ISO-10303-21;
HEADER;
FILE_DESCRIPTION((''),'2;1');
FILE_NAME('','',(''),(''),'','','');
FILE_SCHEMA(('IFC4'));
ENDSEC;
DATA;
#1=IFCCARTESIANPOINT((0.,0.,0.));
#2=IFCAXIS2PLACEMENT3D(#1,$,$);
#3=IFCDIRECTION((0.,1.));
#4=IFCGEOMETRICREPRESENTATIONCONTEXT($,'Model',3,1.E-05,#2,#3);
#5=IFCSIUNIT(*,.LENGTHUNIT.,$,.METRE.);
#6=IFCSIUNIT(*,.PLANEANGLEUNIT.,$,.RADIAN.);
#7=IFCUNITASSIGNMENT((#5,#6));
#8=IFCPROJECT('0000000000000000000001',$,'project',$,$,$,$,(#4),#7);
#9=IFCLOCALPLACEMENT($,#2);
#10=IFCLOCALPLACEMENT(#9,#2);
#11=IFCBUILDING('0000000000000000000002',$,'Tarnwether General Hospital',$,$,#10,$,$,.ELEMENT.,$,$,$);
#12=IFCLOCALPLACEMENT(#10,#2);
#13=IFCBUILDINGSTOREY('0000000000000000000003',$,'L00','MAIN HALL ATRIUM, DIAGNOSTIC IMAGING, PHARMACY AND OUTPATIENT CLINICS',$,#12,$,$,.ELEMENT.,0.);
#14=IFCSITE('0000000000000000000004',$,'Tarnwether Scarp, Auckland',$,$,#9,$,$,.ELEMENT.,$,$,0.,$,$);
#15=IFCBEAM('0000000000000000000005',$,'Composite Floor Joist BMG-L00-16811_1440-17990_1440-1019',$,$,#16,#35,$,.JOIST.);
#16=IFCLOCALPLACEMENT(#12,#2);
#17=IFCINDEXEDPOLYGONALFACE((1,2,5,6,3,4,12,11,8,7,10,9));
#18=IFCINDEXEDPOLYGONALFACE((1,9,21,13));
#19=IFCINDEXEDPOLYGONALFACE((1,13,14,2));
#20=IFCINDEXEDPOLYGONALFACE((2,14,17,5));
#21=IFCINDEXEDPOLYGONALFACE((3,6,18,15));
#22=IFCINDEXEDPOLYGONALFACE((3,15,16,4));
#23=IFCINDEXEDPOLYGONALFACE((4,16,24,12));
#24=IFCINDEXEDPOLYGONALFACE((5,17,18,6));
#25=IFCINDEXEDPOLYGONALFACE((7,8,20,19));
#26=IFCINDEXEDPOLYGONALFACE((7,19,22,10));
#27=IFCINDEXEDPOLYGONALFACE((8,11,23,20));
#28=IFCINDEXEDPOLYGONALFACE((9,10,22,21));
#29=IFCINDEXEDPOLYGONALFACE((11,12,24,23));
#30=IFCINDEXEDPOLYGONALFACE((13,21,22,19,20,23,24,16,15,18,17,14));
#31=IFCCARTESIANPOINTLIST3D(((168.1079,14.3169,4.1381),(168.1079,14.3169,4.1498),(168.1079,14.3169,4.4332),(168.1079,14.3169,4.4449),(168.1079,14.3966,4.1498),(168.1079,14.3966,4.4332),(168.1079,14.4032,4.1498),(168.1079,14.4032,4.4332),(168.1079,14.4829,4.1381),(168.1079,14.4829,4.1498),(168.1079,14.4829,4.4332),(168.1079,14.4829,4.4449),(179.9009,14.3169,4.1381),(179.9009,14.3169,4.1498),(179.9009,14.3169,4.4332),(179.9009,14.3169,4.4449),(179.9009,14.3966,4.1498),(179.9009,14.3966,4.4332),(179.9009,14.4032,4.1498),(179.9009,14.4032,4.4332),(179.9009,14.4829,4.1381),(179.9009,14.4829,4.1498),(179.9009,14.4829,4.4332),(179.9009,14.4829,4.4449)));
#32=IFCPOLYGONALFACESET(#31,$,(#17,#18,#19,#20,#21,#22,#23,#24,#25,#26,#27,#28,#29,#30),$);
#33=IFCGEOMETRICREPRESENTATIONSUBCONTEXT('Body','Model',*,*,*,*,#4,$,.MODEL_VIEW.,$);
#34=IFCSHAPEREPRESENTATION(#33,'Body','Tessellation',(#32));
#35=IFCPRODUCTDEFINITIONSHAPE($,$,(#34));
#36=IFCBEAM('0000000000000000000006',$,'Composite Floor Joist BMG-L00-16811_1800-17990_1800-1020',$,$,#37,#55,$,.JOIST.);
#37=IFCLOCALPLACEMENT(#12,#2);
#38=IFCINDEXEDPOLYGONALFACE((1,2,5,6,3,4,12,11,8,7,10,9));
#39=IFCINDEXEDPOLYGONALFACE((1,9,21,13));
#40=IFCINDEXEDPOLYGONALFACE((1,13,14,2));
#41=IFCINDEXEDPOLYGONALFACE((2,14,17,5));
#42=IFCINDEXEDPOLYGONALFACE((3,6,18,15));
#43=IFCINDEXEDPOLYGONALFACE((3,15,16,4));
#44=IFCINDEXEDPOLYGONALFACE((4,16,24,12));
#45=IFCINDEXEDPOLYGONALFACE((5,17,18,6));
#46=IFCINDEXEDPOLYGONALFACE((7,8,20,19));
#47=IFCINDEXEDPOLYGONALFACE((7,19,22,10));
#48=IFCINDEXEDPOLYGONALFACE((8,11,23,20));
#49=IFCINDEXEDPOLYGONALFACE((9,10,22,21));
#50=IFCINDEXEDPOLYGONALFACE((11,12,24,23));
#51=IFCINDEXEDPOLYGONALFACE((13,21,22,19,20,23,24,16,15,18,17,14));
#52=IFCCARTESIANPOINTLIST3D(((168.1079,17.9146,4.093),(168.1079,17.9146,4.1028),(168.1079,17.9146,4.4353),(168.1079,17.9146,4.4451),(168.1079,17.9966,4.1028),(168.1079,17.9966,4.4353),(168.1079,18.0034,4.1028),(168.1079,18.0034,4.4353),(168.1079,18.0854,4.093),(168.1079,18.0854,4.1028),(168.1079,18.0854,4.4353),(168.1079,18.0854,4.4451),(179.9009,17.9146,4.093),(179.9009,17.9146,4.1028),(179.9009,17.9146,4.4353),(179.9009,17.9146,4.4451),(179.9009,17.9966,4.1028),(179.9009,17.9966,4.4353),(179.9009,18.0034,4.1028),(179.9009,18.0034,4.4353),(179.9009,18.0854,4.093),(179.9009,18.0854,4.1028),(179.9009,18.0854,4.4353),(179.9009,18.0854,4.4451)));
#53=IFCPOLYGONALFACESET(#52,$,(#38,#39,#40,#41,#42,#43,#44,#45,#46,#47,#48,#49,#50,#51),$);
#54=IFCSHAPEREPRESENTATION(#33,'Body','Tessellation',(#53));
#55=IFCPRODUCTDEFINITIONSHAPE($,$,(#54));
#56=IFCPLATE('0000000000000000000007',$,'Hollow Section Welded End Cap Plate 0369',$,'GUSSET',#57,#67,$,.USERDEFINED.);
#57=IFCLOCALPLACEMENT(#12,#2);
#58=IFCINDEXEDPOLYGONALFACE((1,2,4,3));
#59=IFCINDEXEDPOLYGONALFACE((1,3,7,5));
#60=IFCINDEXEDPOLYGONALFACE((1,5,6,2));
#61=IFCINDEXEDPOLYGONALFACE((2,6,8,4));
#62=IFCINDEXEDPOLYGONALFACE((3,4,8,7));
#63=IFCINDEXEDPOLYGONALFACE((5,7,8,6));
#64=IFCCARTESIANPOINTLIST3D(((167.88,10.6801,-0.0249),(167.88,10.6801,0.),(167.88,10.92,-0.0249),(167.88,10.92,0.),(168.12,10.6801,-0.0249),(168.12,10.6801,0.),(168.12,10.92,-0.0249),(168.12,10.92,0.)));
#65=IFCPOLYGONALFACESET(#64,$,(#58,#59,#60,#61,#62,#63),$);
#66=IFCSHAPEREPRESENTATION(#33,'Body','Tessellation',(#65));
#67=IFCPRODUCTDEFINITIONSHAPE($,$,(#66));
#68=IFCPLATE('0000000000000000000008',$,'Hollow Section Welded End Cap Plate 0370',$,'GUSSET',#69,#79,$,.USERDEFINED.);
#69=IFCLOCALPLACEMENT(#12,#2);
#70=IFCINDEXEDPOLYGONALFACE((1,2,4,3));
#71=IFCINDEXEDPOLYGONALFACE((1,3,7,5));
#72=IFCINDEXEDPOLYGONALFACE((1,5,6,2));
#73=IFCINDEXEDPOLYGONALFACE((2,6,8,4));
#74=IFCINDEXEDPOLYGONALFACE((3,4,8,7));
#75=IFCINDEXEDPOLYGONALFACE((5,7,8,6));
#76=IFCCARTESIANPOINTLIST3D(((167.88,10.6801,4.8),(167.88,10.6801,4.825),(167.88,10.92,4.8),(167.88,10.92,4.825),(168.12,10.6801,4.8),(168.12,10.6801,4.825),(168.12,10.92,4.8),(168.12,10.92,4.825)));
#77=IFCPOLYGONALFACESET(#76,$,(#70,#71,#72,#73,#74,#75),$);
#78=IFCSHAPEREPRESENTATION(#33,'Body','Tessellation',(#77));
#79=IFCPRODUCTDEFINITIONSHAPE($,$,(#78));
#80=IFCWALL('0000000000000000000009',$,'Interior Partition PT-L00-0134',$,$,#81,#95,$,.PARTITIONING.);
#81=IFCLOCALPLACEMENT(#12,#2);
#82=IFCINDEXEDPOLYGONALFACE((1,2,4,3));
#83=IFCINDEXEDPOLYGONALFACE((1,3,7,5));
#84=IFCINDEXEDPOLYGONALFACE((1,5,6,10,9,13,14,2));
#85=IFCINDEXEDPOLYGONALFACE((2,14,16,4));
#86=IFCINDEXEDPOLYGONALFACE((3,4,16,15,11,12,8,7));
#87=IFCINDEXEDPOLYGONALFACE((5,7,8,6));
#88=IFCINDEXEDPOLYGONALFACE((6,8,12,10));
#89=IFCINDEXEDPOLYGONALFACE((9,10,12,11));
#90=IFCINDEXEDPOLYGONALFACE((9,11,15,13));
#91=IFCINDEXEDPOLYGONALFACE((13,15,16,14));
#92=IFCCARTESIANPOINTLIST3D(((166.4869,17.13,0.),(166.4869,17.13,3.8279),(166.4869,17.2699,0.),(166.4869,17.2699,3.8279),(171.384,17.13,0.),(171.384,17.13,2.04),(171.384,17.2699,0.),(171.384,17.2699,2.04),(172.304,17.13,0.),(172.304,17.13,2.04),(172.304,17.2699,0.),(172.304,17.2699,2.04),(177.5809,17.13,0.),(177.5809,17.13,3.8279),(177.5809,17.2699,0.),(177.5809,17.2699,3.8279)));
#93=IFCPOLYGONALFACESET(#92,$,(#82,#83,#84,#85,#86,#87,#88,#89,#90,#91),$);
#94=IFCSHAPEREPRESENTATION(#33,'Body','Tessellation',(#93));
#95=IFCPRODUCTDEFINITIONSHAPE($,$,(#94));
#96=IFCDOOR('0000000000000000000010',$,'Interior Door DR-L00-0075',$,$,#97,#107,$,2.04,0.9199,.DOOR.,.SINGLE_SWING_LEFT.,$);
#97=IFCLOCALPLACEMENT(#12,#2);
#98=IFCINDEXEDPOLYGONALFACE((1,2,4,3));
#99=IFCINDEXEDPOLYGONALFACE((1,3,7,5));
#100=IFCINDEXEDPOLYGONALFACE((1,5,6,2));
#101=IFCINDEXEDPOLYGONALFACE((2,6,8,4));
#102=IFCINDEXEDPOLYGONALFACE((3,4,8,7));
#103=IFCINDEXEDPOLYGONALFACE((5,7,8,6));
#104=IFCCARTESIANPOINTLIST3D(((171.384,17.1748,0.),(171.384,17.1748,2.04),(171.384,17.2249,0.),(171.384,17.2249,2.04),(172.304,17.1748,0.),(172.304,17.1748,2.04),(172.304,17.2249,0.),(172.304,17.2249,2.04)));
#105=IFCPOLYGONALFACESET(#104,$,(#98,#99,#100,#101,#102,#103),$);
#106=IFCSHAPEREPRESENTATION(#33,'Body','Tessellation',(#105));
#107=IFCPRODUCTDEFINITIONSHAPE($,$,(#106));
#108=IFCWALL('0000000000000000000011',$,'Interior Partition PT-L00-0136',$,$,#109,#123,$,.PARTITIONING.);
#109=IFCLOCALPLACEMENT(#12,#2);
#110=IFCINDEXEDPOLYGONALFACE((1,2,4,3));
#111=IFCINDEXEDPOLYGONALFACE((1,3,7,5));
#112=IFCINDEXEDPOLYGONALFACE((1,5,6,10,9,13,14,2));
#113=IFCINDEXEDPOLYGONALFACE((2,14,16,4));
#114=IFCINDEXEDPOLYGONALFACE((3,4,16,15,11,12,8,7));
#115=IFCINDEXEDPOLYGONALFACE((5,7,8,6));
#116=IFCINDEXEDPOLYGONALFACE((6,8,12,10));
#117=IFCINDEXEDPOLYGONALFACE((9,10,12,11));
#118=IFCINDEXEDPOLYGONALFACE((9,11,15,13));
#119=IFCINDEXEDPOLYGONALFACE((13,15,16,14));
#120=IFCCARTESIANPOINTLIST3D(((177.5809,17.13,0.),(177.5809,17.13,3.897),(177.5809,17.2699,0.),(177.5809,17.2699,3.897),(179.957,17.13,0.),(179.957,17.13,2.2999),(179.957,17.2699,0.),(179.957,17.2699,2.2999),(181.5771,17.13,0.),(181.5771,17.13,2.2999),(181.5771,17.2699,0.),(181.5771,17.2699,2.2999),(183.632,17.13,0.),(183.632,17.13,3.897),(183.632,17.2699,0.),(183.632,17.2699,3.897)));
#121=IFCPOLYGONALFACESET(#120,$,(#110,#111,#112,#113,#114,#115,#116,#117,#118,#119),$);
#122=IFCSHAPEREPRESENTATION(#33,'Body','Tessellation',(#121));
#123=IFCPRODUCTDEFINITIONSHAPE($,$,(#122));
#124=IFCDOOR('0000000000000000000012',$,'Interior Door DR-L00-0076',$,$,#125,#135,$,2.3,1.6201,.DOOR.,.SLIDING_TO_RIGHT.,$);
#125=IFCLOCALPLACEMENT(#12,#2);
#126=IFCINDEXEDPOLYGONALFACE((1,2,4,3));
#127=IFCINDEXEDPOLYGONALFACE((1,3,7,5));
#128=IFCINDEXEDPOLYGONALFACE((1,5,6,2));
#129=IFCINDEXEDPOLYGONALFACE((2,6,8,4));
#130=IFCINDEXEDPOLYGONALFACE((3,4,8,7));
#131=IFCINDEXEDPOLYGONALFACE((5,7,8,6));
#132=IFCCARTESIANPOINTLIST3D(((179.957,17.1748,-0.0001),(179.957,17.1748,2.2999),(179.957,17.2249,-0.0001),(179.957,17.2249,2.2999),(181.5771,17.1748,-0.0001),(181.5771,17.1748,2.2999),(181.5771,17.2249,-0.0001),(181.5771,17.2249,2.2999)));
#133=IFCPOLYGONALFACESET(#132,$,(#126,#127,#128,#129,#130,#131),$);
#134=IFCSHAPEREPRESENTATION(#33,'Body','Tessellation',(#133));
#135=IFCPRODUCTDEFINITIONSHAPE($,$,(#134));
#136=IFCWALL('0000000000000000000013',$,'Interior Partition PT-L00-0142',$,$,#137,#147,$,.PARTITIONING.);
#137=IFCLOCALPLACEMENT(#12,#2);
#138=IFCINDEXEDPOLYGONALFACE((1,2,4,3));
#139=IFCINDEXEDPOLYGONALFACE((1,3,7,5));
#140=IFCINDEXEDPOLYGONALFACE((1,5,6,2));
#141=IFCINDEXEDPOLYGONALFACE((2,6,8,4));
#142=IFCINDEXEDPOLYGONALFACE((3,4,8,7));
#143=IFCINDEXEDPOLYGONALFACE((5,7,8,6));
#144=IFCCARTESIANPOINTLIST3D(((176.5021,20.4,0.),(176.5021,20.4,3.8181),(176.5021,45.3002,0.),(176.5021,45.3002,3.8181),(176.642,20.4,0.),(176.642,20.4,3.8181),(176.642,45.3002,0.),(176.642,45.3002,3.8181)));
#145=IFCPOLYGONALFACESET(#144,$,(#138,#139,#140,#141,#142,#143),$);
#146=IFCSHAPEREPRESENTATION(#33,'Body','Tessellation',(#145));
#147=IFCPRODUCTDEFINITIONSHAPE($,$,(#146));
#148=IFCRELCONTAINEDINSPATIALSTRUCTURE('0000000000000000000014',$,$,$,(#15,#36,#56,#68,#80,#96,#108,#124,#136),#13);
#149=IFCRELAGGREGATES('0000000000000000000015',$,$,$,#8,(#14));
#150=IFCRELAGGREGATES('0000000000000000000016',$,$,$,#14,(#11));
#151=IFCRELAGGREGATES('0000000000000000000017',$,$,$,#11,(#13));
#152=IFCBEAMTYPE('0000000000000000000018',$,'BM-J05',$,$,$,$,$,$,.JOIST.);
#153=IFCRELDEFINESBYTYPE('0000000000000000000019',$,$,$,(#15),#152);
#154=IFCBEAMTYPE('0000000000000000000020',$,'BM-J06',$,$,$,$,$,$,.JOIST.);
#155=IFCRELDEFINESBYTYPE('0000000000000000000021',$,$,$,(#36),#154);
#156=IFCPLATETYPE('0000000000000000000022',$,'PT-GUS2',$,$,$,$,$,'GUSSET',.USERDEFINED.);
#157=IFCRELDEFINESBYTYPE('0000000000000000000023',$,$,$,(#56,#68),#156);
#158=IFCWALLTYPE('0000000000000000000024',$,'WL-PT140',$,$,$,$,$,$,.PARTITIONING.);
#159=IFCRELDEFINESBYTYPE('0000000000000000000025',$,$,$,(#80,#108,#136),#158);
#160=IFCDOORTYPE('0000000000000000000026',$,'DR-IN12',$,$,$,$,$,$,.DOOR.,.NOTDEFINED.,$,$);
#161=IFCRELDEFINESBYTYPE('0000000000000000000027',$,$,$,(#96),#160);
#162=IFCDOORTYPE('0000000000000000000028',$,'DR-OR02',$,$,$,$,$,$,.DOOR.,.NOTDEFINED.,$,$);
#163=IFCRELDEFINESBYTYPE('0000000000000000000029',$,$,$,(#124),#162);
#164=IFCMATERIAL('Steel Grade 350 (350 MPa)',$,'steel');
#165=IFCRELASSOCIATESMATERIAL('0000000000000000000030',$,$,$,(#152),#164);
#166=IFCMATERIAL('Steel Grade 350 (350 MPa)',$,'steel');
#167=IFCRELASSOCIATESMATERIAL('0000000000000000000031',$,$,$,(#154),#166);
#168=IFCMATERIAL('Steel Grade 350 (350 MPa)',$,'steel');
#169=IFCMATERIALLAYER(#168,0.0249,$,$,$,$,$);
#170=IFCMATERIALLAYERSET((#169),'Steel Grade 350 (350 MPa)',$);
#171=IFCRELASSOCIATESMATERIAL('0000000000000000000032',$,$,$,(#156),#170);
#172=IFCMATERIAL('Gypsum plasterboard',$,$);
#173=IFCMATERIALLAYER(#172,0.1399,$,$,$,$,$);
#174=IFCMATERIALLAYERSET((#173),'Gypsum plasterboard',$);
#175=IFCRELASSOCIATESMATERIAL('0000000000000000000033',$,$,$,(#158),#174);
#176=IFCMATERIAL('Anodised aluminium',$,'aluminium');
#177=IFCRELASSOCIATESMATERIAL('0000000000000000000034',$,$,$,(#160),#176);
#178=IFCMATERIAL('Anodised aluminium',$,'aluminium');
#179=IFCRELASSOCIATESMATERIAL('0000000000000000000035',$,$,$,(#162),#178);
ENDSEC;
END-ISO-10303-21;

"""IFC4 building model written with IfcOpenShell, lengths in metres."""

from ifc_helpers import new_model, si_unit, direction, frame, frame_2d, origin, origin_2d, place, context, subcontext, project, spatial, rectangle, i_section, extrude, material, layer, layer_set, material_profile, profile_set, type_object, element, fill, save


model = new_model("IFC4")

# Units and contexts
model_context = context("Model", 3, precision=1e-05, world=origin(), true_north=direction((0.0, 1.0)))
body_context = subcontext(model_context, "Body", "Model", "MODEL_VIEW")
ifc_project = project(units=[si_unit("LENGTHUNIT", "METRE"), si_unit("PLANEANGLEUNIT", "RADIAN")], contexts=[model_context])

# Site, building, storey
site_placement = place(None, origin())
site = spatial("IfcSite", under=ifc_project, at=site_placement, Name="Tarnwether Scarp, Auckland", CompositionType="ELEMENT", RefElevation=0.0)
building_placement = place(site_placement, origin())
building = spatial("IfcBuilding", under=site, at=building_placement, Name="Tarnwether General Hospital", CompositionType="ELEMENT")
storey_placement = place(building_placement, origin())
storey = spatial("IfcBuildingStorey", under=building, at=storey_placement, Name="L00", Description="MAIN HALL ATRIUM, DIAGNOSTIC IMAGING, PHARMACY AND OUTPATIENT CLINICS", CompositionType="ELEMENT", Elevation=0.0)

# Beams
ifc_material_1 = material(Name="Steel Grade 350 (350 MPa)", Category="steel")
ifc_material_profile_1 = material_profile(ifc_material_1, i_section(OverallWidth=0.166, OverallDepth=0.3069, WebThickness=0.0066, FlangeThickness=0.0117, at=origin_2d()), Name="310UB46.2")
ifc_profile_set_1 = profile_set([ifc_material_profile_1], Name="Steel Grade 350 (350 MPa)")
beam_type_1 = type_object("IfcBeamType", Name="BM-J05", PredefinedType="JOIST", material=ifc_profile_set_1)
beam_1_placement = place(storey_placement, frame((168.1079, 14.3999, 4.2915), z_axis=(1.0, 0.0, 0.0), x_axis=(0.0, 1.0, 0.0)))
element("IfcBeam", 1, at=beam_1_placement, inside=storey, type_object=beam_type_1, Name="Composite Floor Joist BMG-L00-16811_1440-17990_1440-1019", PredefinedType="JOIST", context=body_context, shape_type="SweptSolid", body=[
    extrude(i_section(OverallWidth=0.166, OverallDepth=0.3069, WebThickness=0.0066, FlangeThickness=0.0117, at=origin_2d()), origin(), (0.0, 0.0, 1.0), 11.793),
])
ifc_material_2 = material(Name="Steel Grade 350 (350 MPa)", Category="steel")
ifc_material_profile_2 = material_profile(ifc_material_2, i_section(OverallWidth=0.1709, OverallDepth=0.3521, WebThickness=0.0068, FlangeThickness=0.0098, at=origin_2d()), Name="360UB44.7")
ifc_profile_set_2 = profile_set([ifc_material_profile_2], Name="Steel Grade 350 (350 MPa)")
beam_type_2 = type_object("IfcBeamType", Name="BM-J06", PredefinedType="JOIST", material=ifc_profile_set_2)
beam_2_placement = place(storey_placement, frame((168.1079, 18.0, 4.269), z_axis=(1.0, 0.0, 0.0), x_axis=(0.0, 1.0, 0.0)))
element("IfcBeam", 2, at=beam_2_placement, inside=storey, type_object=beam_type_2, Name="Composite Floor Joist BMG-L00-16811_1800-17990_1800-1020", PredefinedType="JOIST", context=body_context, shape_type="SweptSolid", body=[
    extrude(i_section(OverallWidth=0.1709, OverallDepth=0.3521, WebThickness=0.0068, FlangeThickness=0.0098, at=origin_2d()), origin(), (0.0, 0.0, 1.0), 11.793),
])

# Plates
ifc_material_3 = material(Name="Steel Grade 350 (350 MPa)", Category="steel")
ifc_layer_1 = layer(ifc_material_3, 0.0249)
ifc_layer_set_1 = layer_set([ifc_layer_1], Name="Steel Grade 350 (350 MPa)")
plate_type = type_object("IfcPlateType", Name="PT-GUS2", ElementType="GUSSET", PredefinedType="USERDEFINED", material=ifc_layer_set_1)
for number, where, z_axis, x_axis, name in (
    (3, (168.0, 10.8, -0.0249), (0.0, 0.0, 1.0), (1.0, 0.0, 0.0), "Hollow Section Welded End Cap Plate 0369"),
    (4, (168.0, 10.8, 4.8), (0.0, 0.0, 1.0), (1.0, 0.0, 0.0), "Hollow Section Welded End Cap Plate 0370"),
):
    element("IfcPlate", number, at=place(storey_placement, frame(where, z_axis=z_axis, x_axis=x_axis)), inside=storey, type_object=plate_type, Name=name, ObjectType="GUSSET", PredefinedType="USERDEFINED", context=body_context, shape_type="SweptSolid", body=[
        extrude(rectangle(XDim=0.24, YDim=0.24, at=origin_2d()), origin(), (0.0, 0.0, 1.0), 0.0249),
    ])

# Walls, openings, doors
ifc_material_4 = material(Name="Gypsum plasterboard")
ifc_layer_2 = layer(ifc_material_4, 0.1399)
ifc_layer_set_2 = layer_set([ifc_layer_2], Name="Gypsum plasterboard")
wall_type_1 = type_object("IfcWallType", Name="WL-PT140", PredefinedType="PARTITIONING", material=ifc_layer_set_2)
wall_1_placement = place(storey_placement, frame((166.4871, 17.2, 0.0), z_axis=(0.0, 0.0, 1.0), x_axis=(1.0, 0.0, 0.0)))
wall_1 = element("IfcWall", 5, at=wall_1_placement, inside=storey, type_object=wall_type_1, Name="Interior Partition PT-L00-0134", PredefinedType="PARTITIONING", context=body_context, shape_type="SweptSolid", body=[
    extrude(rectangle(XDim=11.094, YDim=0.1399, at=frame_2d((5.5469, 0.0))), origin(), (0.0, 0.0, 1.0), 3.8279),
])
opening_1_placement = place(wall_1_placement, frame((4.897, 0.0, 0.0)))
opening_1 = element("IfcOpeningElement", 6, at=opening_1_placement, cuts=wall_1, PredefinedType="OPENING", context=body_context, shape_type="SweptSolid", body=[
    extrude(rectangle(XDim=0.9199, YDim=2.04, at=frame_2d((0.46, 1.02))), frame((0.0, 0.0801, 0.0), z_axis=(0.0, -1.0, 0.0), x_axis=(1.0, 0.0, 0.0)), (0.0, 0.0, 1.0), 0.1599),
])
ifc_material_5 = material(Name="Anodised aluminium", Category="aluminium")
door_type_1 = type_object("IfcDoorType", Name="DR-IN12", OperationType="NOTDEFINED", PredefinedType="DOOR", material=ifc_material_5)
door_1_placement = place(opening_1_placement, origin())
door_1 = element("IfcDoor", 7, at=door_1_placement, inside=storey, type_object=door_type_1, Name="Interior Door DR-L00-0075", OperationType="SINGLE_SWING_LEFT", OverallHeight=2.04, OverallWidth=0.9199, PredefinedType="DOOR", context=body_context, shape_type="SweptSolid", body=[
    extrude(rectangle(XDim=0.9199, YDim=2.04, at=frame_2d((0.46, 1.02))), frame((0.0, 0.0249, 0.0), z_axis=(0.0, -1.0, 0.0), x_axis=(1.0, 0.0, 0.0)), (0.0, 0.0, 1.0), 0.05),
])
fill(opening_1, door_1)
wall_2_placement = place(storey_placement, frame((177.5811, 17.2, 0.0), z_axis=(0.0, 0.0, 1.0), x_axis=(1.0, 0.0, 0.0)))
wall_2 = element("IfcWall", 8, at=wall_2_placement, inside=storey, type_object=wall_type_1, Name="Interior Partition PT-L00-0136", PredefinedType="PARTITIONING", context=body_context, shape_type="SweptSolid", body=[
    extrude(rectangle(XDim=6.051, YDim=0.1399, at=frame_2d((3.0254, 0.0))), origin(), (0.0, 0.0, 1.0), 3.897),
])
opening_2_placement = place(wall_2_placement, frame((2.376, 0.0, 0.0)))
opening_2 = element("IfcOpeningElement", 9, at=opening_2_placement, cuts=wall_2, PredefinedType="OPENING", context=body_context, shape_type="SweptSolid", body=[
    extrude(rectangle(XDim=1.6201, YDim=2.3, at=frame_2d((0.8101, 1.1499))), frame((0.0, 0.0801, 0.0), z_axis=(0.0, -1.0, 0.0), x_axis=(1.0, 0.0, 0.0)), (0.0, 0.0, 1.0), 0.1599),
])
ifc_material_6 = material(Name="Anodised aluminium", Category="aluminium")
door_type_2 = type_object("IfcDoorType", Name="DR-OR02", OperationType="NOTDEFINED", PredefinedType="DOOR", material=ifc_material_6)
door_2_placement = place(opening_2_placement, origin())
door_2 = element("IfcDoor", 10, at=door_2_placement, inside=storey, type_object=door_type_2, Name="Interior Door DR-L00-0076", OperationType="SLIDING_TO_RIGHT", OverallHeight=2.3, OverallWidth=1.6201, PredefinedType="DOOR", context=body_context, shape_type="SweptSolid", body=[
    extrude(rectangle(XDim=1.6201, YDim=2.3, at=frame_2d((0.8101, 1.1499))), frame((0.0, 0.0249, 0.0), z_axis=(0.0, -1.0, 0.0), x_axis=(1.0, 0.0, 0.0)), (0.0, 0.0, 1.0), 0.05),
])
fill(opening_2, door_2)

# Wall
wall_3_placement = place(storey_placement, frame((176.572, 20.3999, 0.0), z_axis=(0.0, 0.0, 1.0), x_axis=(0.0, 1.0, 0.0)))
element("IfcWall", 11, at=wall_3_placement, inside=storey, type_object=wall_type_1, Name="Interior Partition PT-L00-0142", PredefinedType="PARTITIONING", context=body_context, shape_type="SweptSolid", body=[
    extrude(rectangle(XDim=24.9001, YDim=0.1399, at=frame_2d((12.4502, 0.0))), origin(), (0.0, 0.0, 1.0), 3.8181),
])

save(model, "model.ifc")
